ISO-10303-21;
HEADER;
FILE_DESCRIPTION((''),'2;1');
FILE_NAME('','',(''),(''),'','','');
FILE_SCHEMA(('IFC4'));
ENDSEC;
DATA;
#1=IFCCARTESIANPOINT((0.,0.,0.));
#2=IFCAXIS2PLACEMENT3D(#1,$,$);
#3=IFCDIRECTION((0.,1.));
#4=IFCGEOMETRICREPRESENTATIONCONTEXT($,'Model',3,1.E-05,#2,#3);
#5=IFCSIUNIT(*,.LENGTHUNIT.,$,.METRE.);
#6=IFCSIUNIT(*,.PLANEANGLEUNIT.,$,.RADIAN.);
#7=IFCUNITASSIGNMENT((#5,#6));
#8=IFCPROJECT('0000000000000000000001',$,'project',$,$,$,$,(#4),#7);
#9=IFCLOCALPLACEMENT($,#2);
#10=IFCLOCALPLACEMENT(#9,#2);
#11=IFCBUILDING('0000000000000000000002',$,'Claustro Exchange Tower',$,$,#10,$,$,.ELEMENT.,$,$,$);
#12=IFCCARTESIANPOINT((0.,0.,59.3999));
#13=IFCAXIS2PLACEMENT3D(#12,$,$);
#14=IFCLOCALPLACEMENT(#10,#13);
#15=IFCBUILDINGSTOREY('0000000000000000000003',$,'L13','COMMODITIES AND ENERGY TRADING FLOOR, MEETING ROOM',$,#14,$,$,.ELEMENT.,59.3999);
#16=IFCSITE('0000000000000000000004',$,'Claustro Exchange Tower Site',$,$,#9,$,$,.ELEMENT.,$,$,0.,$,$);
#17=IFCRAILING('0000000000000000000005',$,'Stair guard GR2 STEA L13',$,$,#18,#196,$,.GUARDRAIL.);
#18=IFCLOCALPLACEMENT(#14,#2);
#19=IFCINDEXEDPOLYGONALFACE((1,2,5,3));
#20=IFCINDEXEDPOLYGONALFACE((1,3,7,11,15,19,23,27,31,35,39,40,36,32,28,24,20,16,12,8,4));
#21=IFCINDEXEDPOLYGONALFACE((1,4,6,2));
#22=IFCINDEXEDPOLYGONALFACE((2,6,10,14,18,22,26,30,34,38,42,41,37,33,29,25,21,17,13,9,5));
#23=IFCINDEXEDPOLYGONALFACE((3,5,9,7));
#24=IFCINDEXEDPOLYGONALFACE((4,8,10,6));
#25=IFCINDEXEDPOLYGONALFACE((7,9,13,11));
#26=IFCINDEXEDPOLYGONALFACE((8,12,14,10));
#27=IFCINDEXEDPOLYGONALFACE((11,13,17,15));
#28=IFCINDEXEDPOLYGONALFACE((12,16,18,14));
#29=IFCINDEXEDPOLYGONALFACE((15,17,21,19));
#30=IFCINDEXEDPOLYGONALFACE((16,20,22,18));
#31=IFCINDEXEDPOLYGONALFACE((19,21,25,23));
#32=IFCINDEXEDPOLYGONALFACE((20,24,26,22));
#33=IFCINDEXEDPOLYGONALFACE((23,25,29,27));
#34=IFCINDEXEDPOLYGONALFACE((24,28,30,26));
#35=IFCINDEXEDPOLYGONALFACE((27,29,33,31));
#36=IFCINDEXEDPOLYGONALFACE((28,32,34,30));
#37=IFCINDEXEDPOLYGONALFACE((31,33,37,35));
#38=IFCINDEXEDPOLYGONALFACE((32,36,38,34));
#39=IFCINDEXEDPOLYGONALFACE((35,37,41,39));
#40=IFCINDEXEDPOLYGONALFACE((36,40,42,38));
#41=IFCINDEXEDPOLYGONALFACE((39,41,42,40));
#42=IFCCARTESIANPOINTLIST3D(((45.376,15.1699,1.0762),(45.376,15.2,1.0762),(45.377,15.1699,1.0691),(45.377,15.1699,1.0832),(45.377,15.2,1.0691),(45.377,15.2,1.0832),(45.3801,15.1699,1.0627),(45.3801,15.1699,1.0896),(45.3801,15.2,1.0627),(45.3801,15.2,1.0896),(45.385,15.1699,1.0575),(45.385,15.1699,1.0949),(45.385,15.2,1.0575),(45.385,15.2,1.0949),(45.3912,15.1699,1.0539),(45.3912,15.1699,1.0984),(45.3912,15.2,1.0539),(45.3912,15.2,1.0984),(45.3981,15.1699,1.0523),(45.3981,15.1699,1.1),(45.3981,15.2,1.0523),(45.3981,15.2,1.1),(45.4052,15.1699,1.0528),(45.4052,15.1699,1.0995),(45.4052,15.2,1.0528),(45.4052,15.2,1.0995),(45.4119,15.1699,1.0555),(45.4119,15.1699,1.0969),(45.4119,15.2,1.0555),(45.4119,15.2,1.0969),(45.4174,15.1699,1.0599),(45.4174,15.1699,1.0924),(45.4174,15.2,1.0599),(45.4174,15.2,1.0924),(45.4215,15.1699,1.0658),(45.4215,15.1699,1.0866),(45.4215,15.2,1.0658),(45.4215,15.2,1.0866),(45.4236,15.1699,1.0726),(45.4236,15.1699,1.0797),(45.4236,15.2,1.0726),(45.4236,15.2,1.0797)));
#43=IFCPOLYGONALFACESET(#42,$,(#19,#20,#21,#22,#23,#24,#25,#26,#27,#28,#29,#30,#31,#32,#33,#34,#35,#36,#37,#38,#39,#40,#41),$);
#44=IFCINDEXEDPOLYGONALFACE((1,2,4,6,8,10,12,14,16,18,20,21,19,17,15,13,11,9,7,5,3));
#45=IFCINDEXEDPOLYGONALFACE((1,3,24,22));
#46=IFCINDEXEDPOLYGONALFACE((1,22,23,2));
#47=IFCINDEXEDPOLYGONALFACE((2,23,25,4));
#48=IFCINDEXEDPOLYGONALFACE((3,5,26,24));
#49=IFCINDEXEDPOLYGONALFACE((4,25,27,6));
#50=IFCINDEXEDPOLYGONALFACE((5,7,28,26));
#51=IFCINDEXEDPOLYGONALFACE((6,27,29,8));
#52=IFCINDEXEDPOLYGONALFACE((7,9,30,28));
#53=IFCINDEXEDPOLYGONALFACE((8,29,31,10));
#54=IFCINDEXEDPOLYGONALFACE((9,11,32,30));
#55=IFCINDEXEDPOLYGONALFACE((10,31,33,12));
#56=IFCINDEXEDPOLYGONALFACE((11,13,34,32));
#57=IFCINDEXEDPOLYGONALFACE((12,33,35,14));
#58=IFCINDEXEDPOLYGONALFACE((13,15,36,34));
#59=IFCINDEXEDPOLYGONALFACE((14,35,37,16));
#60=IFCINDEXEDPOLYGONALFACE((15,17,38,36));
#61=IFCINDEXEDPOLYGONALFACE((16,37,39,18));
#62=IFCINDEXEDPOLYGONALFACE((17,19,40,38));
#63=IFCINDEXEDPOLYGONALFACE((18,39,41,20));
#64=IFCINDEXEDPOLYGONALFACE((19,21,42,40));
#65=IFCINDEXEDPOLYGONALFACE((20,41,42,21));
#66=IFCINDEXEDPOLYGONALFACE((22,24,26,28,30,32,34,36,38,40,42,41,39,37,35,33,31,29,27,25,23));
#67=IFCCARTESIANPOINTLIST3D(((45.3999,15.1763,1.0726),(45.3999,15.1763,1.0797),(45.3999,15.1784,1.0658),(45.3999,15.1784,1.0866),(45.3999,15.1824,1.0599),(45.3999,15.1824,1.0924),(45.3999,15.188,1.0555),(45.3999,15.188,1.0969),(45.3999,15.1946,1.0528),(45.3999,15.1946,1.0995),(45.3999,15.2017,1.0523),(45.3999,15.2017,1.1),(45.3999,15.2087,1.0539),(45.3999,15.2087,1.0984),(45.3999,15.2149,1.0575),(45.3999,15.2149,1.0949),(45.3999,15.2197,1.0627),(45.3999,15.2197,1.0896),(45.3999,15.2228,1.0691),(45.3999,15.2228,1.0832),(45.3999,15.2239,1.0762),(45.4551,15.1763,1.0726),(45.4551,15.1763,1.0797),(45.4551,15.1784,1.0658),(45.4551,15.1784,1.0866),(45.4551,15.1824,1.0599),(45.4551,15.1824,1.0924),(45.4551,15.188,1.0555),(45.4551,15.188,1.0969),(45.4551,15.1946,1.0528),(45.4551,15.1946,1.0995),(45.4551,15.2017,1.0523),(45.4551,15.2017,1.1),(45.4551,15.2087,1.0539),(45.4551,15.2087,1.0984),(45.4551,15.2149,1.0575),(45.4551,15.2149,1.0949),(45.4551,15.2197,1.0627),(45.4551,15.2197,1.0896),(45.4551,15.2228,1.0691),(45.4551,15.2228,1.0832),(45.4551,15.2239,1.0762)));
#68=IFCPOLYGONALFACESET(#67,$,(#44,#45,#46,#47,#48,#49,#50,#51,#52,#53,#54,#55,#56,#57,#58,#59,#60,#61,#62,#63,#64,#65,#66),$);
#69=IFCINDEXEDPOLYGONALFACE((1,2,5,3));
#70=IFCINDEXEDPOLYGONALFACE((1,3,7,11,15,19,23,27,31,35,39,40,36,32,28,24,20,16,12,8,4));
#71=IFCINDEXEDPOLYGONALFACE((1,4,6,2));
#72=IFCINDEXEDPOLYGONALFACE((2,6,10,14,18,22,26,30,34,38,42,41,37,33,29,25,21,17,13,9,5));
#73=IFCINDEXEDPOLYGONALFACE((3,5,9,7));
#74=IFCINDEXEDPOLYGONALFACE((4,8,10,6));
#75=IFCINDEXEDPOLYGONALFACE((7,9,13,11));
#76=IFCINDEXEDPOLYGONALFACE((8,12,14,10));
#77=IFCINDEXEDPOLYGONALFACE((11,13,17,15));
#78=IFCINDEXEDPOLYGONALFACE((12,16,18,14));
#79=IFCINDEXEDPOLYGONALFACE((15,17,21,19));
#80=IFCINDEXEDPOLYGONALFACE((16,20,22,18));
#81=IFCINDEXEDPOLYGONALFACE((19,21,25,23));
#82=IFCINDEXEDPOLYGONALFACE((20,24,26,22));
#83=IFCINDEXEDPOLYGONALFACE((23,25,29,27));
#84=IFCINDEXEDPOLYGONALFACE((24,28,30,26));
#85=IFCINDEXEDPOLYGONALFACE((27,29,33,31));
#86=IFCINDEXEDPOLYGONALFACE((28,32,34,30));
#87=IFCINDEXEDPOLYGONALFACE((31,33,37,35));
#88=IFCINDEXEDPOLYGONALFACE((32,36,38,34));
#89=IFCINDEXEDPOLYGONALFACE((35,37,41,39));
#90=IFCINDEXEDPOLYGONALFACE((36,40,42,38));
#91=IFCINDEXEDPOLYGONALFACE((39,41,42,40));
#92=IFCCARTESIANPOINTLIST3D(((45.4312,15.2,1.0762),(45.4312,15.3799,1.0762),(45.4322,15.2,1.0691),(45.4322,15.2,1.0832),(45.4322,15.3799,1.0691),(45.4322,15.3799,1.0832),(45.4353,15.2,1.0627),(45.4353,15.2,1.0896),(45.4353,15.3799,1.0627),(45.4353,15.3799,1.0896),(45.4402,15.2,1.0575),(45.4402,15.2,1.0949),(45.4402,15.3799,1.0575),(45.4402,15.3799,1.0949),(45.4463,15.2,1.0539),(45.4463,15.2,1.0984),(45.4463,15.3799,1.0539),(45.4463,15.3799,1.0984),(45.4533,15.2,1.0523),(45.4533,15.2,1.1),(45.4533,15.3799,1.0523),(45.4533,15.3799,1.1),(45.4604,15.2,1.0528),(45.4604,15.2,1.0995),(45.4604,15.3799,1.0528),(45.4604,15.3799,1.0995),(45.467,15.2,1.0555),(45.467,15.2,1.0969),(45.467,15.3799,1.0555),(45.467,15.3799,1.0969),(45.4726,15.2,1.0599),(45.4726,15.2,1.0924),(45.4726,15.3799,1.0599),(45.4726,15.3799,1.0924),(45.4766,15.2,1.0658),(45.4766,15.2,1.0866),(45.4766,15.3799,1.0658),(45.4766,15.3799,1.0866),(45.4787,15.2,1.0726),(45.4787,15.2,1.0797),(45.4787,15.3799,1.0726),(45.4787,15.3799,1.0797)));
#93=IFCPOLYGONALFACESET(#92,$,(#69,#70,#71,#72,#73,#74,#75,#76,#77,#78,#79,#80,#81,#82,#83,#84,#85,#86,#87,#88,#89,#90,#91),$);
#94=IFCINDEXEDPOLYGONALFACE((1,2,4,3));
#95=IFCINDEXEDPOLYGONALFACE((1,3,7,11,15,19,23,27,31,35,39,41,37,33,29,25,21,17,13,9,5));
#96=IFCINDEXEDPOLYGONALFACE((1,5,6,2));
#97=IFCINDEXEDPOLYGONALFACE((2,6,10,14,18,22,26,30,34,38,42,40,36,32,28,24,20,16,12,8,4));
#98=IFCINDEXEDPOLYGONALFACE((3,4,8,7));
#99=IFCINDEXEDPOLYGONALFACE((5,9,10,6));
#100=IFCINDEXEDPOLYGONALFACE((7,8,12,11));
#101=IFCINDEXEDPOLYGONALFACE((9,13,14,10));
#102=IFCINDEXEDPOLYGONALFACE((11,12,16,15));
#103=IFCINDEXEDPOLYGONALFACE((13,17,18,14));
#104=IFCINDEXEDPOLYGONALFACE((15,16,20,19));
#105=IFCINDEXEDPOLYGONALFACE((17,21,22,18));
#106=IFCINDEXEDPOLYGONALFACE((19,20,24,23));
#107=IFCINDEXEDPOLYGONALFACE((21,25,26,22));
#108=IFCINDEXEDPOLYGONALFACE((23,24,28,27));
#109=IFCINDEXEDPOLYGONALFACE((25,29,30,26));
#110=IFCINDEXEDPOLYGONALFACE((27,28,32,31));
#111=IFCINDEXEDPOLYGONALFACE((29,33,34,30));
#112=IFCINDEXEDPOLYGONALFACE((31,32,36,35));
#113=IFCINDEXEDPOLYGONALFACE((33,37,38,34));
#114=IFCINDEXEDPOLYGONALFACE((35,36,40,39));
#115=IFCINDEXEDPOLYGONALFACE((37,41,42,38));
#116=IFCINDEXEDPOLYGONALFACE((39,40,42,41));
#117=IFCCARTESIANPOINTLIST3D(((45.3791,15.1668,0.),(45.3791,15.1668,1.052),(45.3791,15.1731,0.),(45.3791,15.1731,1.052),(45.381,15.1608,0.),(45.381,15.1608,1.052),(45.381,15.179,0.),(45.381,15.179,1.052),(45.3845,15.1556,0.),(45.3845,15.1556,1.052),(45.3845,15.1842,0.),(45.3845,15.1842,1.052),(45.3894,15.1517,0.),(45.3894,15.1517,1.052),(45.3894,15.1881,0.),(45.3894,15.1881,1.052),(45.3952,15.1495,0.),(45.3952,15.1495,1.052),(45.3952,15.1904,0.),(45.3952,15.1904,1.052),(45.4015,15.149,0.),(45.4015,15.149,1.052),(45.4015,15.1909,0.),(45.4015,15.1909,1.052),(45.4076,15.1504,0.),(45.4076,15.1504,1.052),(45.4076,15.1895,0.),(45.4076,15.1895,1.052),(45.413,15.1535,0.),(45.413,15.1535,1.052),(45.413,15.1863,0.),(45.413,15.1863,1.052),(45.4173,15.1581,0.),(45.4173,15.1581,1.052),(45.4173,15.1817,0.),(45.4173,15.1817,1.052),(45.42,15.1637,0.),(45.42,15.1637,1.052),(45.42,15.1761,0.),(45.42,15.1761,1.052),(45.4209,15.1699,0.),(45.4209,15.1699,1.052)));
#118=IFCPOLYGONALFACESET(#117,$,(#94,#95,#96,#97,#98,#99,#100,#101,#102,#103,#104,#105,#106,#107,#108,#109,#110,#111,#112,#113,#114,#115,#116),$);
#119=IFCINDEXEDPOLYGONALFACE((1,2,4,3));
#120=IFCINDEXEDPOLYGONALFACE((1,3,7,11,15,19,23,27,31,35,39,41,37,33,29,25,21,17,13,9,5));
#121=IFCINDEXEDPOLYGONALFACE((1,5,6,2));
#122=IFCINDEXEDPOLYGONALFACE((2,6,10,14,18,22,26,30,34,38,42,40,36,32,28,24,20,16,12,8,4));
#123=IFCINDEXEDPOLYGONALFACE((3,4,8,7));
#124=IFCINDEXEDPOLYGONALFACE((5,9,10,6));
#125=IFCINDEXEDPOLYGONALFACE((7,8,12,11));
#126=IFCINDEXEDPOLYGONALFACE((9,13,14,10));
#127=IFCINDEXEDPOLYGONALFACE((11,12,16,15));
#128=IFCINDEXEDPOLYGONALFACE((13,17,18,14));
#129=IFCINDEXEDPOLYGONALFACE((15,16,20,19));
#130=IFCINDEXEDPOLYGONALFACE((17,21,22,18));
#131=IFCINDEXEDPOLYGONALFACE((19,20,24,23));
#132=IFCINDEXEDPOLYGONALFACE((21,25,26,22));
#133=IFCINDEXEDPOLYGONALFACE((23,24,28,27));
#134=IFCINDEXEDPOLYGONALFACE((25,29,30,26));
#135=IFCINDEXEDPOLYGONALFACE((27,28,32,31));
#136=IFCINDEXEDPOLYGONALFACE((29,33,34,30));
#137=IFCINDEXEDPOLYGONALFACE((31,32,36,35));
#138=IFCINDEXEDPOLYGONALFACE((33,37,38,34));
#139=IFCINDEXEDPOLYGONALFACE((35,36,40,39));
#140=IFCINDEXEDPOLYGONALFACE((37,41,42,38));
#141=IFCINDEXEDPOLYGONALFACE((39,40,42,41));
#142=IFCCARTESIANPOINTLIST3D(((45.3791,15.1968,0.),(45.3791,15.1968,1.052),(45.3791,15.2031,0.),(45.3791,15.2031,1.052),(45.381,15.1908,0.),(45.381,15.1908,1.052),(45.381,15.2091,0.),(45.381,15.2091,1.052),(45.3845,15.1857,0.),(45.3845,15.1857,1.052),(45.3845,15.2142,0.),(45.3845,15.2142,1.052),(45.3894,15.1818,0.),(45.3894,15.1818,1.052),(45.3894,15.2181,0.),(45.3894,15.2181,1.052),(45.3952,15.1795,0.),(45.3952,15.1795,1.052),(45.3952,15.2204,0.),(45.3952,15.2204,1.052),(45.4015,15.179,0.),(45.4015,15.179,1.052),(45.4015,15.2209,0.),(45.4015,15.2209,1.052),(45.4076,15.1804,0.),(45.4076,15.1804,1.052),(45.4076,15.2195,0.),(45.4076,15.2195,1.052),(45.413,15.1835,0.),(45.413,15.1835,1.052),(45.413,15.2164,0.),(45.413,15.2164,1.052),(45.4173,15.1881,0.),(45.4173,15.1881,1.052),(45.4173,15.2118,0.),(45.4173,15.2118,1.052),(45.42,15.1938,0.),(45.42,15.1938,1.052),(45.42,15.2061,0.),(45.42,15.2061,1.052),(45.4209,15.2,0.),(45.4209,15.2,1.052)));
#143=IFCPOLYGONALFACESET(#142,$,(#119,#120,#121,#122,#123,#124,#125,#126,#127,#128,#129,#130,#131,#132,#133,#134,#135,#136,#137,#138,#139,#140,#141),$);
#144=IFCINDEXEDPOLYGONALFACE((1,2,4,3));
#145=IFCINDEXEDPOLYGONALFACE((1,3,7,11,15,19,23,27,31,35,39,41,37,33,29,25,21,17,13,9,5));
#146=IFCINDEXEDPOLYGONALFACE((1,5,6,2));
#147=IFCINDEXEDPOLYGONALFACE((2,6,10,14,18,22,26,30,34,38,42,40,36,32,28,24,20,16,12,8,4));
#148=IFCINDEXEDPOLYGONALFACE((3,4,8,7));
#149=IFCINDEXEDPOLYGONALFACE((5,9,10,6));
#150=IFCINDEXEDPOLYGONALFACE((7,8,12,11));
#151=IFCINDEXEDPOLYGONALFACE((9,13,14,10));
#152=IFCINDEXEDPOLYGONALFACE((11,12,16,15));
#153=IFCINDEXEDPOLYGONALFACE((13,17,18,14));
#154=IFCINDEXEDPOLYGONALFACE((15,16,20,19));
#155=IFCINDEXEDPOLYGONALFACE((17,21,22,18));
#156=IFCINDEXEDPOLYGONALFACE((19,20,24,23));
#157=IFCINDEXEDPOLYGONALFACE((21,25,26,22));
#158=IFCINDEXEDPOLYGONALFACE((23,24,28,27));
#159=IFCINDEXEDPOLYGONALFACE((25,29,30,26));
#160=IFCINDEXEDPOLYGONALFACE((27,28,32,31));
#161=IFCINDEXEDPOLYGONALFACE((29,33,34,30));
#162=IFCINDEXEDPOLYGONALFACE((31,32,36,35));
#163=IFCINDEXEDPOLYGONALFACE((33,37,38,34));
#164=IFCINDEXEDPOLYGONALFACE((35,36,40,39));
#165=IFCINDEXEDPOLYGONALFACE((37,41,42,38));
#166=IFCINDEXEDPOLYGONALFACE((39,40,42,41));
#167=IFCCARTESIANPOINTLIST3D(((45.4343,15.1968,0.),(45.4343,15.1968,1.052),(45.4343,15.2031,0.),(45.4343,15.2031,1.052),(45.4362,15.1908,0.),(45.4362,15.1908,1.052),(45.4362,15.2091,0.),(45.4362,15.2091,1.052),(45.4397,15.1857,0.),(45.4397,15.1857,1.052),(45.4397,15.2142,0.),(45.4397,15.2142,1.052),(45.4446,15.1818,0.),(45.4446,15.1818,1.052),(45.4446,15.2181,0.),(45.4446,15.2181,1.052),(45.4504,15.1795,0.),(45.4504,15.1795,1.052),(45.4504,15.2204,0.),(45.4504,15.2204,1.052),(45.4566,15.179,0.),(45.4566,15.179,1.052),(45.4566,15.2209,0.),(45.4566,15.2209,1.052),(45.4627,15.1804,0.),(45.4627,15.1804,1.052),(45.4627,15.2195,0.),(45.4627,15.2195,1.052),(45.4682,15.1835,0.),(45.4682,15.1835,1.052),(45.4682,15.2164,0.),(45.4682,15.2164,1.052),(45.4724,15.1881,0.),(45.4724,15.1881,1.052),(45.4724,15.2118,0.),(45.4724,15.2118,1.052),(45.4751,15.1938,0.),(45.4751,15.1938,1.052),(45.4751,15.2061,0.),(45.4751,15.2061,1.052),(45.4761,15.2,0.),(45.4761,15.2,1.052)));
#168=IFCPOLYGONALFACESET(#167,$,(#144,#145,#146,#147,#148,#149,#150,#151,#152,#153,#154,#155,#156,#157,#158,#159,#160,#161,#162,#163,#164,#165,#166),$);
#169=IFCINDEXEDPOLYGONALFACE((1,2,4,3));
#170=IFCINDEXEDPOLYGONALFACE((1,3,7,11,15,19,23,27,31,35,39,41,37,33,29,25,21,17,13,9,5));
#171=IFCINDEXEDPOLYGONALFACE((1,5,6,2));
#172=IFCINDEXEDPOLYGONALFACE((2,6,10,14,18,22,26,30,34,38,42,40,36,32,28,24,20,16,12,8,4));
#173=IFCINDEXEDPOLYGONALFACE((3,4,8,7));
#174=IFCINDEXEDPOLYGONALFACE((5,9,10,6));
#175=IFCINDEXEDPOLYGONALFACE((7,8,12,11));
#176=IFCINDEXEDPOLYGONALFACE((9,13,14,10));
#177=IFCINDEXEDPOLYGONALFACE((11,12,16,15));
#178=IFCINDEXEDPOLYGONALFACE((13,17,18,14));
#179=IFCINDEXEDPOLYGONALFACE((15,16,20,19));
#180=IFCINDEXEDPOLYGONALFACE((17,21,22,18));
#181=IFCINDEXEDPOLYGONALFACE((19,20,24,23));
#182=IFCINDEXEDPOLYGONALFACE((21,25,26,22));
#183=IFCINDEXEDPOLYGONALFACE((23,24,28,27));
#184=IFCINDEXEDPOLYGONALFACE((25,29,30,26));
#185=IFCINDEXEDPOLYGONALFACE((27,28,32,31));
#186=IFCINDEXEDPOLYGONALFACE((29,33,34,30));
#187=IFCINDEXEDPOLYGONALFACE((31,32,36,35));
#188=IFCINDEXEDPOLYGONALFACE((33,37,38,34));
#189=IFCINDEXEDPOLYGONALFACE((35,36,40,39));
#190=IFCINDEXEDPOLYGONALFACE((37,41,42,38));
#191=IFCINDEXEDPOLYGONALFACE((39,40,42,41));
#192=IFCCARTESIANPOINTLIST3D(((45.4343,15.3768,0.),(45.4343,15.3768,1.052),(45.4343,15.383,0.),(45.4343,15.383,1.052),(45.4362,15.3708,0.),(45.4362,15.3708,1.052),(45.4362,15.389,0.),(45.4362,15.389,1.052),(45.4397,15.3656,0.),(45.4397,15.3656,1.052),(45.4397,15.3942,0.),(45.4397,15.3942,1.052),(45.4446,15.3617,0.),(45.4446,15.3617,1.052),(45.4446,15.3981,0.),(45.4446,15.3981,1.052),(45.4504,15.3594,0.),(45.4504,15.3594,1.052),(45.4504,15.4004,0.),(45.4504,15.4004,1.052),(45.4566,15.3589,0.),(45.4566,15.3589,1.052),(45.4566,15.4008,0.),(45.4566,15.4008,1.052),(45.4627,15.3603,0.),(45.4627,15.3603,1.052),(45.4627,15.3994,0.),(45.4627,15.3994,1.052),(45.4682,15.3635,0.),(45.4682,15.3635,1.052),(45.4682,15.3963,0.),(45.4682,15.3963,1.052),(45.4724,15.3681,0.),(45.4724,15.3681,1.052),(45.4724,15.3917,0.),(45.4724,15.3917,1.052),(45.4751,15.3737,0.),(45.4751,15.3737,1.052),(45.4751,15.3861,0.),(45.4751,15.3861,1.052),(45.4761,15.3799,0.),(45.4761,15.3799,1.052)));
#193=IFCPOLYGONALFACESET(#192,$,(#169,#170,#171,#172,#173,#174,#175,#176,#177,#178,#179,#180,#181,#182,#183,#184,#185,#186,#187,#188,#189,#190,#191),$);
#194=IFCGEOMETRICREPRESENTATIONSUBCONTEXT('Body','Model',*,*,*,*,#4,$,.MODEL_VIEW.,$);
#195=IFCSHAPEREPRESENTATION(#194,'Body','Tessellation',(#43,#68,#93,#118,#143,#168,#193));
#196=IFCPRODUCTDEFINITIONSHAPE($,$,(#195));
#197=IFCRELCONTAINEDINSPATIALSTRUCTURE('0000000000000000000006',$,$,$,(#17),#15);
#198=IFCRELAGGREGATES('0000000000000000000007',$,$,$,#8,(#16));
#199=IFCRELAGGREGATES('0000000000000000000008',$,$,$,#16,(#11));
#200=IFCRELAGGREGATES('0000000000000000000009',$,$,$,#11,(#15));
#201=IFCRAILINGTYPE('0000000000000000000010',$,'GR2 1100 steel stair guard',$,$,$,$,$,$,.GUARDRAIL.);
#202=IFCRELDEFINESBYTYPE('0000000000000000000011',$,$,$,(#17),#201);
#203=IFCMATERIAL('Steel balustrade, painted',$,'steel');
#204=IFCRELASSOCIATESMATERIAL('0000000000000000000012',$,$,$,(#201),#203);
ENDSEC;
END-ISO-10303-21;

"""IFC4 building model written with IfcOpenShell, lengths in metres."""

from ifc_helpers import new_model, si_unit, direction, frame, origin, origin_2d, place, context, subcontext, project, spatial, circle, extrude, material, type_object, element, save


model = new_model("IFC4")

# Units and contexts
model_context = context("Model", 3, precision=1e-05, world=origin(), true_north=direction((0.0, 1.0)))
body_context = subcontext(model_context, "Body", "Model", "MODEL_VIEW")
ifc_project = project(units=[si_unit("LENGTHUNIT", "METRE"), si_unit("PLANEANGLEUNIT", "RADIAN")], contexts=[model_context])

# Site, building, storey
site_placement = place(None, origin())
site = spatial("IfcSite", under=ifc_project, at=site_placement, Name="Claustro Exchange Tower Site", CompositionType="ELEMENT", RefElevation=0.0)
building_placement = place(site_placement, origin())
building = spatial("IfcBuilding", under=site, at=building_placement, Name="Claustro Exchange Tower", CompositionType="ELEMENT")
storey_placement = place(building_placement, frame((0.0, 0.0, 59.3999)))
storey = spatial("IfcBuildingStorey", under=building, at=storey_placement, Name="L13", Description="COMMODITIES AND ENERGY TRADING FLOOR, MEETING ROOM", CompositionType="ELEMENT", Elevation=59.3999)

# Railing
ifc_material_1 = material(Name="Steel balustrade, painted", Category="steel")
railing_type_1 = type_object("IfcRailingType", Name="GR2 1100 steel stair guard", PredefinedType="GUARDRAIL", material=ifc_material_1)
railing_1_placement = place(storey_placement, frame((45.3999, 15.1699, 0.0)))
element("IfcRailing", 1, at=railing_1_placement, inside=storey, type_object=railing_type_1, Name="Stair guard GR2 STEA L13", PredefinedType="GUARDRAIL", context=body_context, shape_type="SweptSolid", body=[
    extrude(circle(Radius=0.0239, at=origin_2d()), frame((0.0, 0.0, 1.0762), z_axis=(0.0, 1.0, 0.0), x_axis=(-1.0, 0.0, 0.0)), (0.0, 0.0, 1.0), 0.03),
    extrude(circle(Radius=0.0239, at=origin_2d()), frame((0.0, 0.03, 1.0762), z_axis=(1.0, 0.0, 0.0), x_axis=(0.0, 1.0, 0.0)), (0.0, 0.0, 1.0), 0.0552),
    extrude(circle(Radius=0.0239, at=origin_2d()), frame((0.0552, 0.03, 1.0762), z_axis=(0.0, 1.0, 0.0), x_axis=(-1.0, 0.0, 0.0)), (0.0, 0.0, 1.0), 0.1799),
    extrude(circle(Radius=0.021, at=origin_2d()), origin(), (0.0, 0.0, 1.0), 1.052),
    extrude(circle(Radius=0.021, at=origin_2d()), frame((0.0, 0.03, 0.0)), (0.0, 0.0, 1.0), 1.052),
    extrude(circle(Radius=0.021, at=origin_2d()), frame((0.0552, 0.03, 0.0)), (0.0, 0.0, 1.0), 1.052),
    extrude(circle(Radius=0.021, at=origin_2d()), frame((0.0552, 0.21, 0.0)), (0.0, 0.0, 1.0), 1.052),
])

save(model, "model.ifc")
